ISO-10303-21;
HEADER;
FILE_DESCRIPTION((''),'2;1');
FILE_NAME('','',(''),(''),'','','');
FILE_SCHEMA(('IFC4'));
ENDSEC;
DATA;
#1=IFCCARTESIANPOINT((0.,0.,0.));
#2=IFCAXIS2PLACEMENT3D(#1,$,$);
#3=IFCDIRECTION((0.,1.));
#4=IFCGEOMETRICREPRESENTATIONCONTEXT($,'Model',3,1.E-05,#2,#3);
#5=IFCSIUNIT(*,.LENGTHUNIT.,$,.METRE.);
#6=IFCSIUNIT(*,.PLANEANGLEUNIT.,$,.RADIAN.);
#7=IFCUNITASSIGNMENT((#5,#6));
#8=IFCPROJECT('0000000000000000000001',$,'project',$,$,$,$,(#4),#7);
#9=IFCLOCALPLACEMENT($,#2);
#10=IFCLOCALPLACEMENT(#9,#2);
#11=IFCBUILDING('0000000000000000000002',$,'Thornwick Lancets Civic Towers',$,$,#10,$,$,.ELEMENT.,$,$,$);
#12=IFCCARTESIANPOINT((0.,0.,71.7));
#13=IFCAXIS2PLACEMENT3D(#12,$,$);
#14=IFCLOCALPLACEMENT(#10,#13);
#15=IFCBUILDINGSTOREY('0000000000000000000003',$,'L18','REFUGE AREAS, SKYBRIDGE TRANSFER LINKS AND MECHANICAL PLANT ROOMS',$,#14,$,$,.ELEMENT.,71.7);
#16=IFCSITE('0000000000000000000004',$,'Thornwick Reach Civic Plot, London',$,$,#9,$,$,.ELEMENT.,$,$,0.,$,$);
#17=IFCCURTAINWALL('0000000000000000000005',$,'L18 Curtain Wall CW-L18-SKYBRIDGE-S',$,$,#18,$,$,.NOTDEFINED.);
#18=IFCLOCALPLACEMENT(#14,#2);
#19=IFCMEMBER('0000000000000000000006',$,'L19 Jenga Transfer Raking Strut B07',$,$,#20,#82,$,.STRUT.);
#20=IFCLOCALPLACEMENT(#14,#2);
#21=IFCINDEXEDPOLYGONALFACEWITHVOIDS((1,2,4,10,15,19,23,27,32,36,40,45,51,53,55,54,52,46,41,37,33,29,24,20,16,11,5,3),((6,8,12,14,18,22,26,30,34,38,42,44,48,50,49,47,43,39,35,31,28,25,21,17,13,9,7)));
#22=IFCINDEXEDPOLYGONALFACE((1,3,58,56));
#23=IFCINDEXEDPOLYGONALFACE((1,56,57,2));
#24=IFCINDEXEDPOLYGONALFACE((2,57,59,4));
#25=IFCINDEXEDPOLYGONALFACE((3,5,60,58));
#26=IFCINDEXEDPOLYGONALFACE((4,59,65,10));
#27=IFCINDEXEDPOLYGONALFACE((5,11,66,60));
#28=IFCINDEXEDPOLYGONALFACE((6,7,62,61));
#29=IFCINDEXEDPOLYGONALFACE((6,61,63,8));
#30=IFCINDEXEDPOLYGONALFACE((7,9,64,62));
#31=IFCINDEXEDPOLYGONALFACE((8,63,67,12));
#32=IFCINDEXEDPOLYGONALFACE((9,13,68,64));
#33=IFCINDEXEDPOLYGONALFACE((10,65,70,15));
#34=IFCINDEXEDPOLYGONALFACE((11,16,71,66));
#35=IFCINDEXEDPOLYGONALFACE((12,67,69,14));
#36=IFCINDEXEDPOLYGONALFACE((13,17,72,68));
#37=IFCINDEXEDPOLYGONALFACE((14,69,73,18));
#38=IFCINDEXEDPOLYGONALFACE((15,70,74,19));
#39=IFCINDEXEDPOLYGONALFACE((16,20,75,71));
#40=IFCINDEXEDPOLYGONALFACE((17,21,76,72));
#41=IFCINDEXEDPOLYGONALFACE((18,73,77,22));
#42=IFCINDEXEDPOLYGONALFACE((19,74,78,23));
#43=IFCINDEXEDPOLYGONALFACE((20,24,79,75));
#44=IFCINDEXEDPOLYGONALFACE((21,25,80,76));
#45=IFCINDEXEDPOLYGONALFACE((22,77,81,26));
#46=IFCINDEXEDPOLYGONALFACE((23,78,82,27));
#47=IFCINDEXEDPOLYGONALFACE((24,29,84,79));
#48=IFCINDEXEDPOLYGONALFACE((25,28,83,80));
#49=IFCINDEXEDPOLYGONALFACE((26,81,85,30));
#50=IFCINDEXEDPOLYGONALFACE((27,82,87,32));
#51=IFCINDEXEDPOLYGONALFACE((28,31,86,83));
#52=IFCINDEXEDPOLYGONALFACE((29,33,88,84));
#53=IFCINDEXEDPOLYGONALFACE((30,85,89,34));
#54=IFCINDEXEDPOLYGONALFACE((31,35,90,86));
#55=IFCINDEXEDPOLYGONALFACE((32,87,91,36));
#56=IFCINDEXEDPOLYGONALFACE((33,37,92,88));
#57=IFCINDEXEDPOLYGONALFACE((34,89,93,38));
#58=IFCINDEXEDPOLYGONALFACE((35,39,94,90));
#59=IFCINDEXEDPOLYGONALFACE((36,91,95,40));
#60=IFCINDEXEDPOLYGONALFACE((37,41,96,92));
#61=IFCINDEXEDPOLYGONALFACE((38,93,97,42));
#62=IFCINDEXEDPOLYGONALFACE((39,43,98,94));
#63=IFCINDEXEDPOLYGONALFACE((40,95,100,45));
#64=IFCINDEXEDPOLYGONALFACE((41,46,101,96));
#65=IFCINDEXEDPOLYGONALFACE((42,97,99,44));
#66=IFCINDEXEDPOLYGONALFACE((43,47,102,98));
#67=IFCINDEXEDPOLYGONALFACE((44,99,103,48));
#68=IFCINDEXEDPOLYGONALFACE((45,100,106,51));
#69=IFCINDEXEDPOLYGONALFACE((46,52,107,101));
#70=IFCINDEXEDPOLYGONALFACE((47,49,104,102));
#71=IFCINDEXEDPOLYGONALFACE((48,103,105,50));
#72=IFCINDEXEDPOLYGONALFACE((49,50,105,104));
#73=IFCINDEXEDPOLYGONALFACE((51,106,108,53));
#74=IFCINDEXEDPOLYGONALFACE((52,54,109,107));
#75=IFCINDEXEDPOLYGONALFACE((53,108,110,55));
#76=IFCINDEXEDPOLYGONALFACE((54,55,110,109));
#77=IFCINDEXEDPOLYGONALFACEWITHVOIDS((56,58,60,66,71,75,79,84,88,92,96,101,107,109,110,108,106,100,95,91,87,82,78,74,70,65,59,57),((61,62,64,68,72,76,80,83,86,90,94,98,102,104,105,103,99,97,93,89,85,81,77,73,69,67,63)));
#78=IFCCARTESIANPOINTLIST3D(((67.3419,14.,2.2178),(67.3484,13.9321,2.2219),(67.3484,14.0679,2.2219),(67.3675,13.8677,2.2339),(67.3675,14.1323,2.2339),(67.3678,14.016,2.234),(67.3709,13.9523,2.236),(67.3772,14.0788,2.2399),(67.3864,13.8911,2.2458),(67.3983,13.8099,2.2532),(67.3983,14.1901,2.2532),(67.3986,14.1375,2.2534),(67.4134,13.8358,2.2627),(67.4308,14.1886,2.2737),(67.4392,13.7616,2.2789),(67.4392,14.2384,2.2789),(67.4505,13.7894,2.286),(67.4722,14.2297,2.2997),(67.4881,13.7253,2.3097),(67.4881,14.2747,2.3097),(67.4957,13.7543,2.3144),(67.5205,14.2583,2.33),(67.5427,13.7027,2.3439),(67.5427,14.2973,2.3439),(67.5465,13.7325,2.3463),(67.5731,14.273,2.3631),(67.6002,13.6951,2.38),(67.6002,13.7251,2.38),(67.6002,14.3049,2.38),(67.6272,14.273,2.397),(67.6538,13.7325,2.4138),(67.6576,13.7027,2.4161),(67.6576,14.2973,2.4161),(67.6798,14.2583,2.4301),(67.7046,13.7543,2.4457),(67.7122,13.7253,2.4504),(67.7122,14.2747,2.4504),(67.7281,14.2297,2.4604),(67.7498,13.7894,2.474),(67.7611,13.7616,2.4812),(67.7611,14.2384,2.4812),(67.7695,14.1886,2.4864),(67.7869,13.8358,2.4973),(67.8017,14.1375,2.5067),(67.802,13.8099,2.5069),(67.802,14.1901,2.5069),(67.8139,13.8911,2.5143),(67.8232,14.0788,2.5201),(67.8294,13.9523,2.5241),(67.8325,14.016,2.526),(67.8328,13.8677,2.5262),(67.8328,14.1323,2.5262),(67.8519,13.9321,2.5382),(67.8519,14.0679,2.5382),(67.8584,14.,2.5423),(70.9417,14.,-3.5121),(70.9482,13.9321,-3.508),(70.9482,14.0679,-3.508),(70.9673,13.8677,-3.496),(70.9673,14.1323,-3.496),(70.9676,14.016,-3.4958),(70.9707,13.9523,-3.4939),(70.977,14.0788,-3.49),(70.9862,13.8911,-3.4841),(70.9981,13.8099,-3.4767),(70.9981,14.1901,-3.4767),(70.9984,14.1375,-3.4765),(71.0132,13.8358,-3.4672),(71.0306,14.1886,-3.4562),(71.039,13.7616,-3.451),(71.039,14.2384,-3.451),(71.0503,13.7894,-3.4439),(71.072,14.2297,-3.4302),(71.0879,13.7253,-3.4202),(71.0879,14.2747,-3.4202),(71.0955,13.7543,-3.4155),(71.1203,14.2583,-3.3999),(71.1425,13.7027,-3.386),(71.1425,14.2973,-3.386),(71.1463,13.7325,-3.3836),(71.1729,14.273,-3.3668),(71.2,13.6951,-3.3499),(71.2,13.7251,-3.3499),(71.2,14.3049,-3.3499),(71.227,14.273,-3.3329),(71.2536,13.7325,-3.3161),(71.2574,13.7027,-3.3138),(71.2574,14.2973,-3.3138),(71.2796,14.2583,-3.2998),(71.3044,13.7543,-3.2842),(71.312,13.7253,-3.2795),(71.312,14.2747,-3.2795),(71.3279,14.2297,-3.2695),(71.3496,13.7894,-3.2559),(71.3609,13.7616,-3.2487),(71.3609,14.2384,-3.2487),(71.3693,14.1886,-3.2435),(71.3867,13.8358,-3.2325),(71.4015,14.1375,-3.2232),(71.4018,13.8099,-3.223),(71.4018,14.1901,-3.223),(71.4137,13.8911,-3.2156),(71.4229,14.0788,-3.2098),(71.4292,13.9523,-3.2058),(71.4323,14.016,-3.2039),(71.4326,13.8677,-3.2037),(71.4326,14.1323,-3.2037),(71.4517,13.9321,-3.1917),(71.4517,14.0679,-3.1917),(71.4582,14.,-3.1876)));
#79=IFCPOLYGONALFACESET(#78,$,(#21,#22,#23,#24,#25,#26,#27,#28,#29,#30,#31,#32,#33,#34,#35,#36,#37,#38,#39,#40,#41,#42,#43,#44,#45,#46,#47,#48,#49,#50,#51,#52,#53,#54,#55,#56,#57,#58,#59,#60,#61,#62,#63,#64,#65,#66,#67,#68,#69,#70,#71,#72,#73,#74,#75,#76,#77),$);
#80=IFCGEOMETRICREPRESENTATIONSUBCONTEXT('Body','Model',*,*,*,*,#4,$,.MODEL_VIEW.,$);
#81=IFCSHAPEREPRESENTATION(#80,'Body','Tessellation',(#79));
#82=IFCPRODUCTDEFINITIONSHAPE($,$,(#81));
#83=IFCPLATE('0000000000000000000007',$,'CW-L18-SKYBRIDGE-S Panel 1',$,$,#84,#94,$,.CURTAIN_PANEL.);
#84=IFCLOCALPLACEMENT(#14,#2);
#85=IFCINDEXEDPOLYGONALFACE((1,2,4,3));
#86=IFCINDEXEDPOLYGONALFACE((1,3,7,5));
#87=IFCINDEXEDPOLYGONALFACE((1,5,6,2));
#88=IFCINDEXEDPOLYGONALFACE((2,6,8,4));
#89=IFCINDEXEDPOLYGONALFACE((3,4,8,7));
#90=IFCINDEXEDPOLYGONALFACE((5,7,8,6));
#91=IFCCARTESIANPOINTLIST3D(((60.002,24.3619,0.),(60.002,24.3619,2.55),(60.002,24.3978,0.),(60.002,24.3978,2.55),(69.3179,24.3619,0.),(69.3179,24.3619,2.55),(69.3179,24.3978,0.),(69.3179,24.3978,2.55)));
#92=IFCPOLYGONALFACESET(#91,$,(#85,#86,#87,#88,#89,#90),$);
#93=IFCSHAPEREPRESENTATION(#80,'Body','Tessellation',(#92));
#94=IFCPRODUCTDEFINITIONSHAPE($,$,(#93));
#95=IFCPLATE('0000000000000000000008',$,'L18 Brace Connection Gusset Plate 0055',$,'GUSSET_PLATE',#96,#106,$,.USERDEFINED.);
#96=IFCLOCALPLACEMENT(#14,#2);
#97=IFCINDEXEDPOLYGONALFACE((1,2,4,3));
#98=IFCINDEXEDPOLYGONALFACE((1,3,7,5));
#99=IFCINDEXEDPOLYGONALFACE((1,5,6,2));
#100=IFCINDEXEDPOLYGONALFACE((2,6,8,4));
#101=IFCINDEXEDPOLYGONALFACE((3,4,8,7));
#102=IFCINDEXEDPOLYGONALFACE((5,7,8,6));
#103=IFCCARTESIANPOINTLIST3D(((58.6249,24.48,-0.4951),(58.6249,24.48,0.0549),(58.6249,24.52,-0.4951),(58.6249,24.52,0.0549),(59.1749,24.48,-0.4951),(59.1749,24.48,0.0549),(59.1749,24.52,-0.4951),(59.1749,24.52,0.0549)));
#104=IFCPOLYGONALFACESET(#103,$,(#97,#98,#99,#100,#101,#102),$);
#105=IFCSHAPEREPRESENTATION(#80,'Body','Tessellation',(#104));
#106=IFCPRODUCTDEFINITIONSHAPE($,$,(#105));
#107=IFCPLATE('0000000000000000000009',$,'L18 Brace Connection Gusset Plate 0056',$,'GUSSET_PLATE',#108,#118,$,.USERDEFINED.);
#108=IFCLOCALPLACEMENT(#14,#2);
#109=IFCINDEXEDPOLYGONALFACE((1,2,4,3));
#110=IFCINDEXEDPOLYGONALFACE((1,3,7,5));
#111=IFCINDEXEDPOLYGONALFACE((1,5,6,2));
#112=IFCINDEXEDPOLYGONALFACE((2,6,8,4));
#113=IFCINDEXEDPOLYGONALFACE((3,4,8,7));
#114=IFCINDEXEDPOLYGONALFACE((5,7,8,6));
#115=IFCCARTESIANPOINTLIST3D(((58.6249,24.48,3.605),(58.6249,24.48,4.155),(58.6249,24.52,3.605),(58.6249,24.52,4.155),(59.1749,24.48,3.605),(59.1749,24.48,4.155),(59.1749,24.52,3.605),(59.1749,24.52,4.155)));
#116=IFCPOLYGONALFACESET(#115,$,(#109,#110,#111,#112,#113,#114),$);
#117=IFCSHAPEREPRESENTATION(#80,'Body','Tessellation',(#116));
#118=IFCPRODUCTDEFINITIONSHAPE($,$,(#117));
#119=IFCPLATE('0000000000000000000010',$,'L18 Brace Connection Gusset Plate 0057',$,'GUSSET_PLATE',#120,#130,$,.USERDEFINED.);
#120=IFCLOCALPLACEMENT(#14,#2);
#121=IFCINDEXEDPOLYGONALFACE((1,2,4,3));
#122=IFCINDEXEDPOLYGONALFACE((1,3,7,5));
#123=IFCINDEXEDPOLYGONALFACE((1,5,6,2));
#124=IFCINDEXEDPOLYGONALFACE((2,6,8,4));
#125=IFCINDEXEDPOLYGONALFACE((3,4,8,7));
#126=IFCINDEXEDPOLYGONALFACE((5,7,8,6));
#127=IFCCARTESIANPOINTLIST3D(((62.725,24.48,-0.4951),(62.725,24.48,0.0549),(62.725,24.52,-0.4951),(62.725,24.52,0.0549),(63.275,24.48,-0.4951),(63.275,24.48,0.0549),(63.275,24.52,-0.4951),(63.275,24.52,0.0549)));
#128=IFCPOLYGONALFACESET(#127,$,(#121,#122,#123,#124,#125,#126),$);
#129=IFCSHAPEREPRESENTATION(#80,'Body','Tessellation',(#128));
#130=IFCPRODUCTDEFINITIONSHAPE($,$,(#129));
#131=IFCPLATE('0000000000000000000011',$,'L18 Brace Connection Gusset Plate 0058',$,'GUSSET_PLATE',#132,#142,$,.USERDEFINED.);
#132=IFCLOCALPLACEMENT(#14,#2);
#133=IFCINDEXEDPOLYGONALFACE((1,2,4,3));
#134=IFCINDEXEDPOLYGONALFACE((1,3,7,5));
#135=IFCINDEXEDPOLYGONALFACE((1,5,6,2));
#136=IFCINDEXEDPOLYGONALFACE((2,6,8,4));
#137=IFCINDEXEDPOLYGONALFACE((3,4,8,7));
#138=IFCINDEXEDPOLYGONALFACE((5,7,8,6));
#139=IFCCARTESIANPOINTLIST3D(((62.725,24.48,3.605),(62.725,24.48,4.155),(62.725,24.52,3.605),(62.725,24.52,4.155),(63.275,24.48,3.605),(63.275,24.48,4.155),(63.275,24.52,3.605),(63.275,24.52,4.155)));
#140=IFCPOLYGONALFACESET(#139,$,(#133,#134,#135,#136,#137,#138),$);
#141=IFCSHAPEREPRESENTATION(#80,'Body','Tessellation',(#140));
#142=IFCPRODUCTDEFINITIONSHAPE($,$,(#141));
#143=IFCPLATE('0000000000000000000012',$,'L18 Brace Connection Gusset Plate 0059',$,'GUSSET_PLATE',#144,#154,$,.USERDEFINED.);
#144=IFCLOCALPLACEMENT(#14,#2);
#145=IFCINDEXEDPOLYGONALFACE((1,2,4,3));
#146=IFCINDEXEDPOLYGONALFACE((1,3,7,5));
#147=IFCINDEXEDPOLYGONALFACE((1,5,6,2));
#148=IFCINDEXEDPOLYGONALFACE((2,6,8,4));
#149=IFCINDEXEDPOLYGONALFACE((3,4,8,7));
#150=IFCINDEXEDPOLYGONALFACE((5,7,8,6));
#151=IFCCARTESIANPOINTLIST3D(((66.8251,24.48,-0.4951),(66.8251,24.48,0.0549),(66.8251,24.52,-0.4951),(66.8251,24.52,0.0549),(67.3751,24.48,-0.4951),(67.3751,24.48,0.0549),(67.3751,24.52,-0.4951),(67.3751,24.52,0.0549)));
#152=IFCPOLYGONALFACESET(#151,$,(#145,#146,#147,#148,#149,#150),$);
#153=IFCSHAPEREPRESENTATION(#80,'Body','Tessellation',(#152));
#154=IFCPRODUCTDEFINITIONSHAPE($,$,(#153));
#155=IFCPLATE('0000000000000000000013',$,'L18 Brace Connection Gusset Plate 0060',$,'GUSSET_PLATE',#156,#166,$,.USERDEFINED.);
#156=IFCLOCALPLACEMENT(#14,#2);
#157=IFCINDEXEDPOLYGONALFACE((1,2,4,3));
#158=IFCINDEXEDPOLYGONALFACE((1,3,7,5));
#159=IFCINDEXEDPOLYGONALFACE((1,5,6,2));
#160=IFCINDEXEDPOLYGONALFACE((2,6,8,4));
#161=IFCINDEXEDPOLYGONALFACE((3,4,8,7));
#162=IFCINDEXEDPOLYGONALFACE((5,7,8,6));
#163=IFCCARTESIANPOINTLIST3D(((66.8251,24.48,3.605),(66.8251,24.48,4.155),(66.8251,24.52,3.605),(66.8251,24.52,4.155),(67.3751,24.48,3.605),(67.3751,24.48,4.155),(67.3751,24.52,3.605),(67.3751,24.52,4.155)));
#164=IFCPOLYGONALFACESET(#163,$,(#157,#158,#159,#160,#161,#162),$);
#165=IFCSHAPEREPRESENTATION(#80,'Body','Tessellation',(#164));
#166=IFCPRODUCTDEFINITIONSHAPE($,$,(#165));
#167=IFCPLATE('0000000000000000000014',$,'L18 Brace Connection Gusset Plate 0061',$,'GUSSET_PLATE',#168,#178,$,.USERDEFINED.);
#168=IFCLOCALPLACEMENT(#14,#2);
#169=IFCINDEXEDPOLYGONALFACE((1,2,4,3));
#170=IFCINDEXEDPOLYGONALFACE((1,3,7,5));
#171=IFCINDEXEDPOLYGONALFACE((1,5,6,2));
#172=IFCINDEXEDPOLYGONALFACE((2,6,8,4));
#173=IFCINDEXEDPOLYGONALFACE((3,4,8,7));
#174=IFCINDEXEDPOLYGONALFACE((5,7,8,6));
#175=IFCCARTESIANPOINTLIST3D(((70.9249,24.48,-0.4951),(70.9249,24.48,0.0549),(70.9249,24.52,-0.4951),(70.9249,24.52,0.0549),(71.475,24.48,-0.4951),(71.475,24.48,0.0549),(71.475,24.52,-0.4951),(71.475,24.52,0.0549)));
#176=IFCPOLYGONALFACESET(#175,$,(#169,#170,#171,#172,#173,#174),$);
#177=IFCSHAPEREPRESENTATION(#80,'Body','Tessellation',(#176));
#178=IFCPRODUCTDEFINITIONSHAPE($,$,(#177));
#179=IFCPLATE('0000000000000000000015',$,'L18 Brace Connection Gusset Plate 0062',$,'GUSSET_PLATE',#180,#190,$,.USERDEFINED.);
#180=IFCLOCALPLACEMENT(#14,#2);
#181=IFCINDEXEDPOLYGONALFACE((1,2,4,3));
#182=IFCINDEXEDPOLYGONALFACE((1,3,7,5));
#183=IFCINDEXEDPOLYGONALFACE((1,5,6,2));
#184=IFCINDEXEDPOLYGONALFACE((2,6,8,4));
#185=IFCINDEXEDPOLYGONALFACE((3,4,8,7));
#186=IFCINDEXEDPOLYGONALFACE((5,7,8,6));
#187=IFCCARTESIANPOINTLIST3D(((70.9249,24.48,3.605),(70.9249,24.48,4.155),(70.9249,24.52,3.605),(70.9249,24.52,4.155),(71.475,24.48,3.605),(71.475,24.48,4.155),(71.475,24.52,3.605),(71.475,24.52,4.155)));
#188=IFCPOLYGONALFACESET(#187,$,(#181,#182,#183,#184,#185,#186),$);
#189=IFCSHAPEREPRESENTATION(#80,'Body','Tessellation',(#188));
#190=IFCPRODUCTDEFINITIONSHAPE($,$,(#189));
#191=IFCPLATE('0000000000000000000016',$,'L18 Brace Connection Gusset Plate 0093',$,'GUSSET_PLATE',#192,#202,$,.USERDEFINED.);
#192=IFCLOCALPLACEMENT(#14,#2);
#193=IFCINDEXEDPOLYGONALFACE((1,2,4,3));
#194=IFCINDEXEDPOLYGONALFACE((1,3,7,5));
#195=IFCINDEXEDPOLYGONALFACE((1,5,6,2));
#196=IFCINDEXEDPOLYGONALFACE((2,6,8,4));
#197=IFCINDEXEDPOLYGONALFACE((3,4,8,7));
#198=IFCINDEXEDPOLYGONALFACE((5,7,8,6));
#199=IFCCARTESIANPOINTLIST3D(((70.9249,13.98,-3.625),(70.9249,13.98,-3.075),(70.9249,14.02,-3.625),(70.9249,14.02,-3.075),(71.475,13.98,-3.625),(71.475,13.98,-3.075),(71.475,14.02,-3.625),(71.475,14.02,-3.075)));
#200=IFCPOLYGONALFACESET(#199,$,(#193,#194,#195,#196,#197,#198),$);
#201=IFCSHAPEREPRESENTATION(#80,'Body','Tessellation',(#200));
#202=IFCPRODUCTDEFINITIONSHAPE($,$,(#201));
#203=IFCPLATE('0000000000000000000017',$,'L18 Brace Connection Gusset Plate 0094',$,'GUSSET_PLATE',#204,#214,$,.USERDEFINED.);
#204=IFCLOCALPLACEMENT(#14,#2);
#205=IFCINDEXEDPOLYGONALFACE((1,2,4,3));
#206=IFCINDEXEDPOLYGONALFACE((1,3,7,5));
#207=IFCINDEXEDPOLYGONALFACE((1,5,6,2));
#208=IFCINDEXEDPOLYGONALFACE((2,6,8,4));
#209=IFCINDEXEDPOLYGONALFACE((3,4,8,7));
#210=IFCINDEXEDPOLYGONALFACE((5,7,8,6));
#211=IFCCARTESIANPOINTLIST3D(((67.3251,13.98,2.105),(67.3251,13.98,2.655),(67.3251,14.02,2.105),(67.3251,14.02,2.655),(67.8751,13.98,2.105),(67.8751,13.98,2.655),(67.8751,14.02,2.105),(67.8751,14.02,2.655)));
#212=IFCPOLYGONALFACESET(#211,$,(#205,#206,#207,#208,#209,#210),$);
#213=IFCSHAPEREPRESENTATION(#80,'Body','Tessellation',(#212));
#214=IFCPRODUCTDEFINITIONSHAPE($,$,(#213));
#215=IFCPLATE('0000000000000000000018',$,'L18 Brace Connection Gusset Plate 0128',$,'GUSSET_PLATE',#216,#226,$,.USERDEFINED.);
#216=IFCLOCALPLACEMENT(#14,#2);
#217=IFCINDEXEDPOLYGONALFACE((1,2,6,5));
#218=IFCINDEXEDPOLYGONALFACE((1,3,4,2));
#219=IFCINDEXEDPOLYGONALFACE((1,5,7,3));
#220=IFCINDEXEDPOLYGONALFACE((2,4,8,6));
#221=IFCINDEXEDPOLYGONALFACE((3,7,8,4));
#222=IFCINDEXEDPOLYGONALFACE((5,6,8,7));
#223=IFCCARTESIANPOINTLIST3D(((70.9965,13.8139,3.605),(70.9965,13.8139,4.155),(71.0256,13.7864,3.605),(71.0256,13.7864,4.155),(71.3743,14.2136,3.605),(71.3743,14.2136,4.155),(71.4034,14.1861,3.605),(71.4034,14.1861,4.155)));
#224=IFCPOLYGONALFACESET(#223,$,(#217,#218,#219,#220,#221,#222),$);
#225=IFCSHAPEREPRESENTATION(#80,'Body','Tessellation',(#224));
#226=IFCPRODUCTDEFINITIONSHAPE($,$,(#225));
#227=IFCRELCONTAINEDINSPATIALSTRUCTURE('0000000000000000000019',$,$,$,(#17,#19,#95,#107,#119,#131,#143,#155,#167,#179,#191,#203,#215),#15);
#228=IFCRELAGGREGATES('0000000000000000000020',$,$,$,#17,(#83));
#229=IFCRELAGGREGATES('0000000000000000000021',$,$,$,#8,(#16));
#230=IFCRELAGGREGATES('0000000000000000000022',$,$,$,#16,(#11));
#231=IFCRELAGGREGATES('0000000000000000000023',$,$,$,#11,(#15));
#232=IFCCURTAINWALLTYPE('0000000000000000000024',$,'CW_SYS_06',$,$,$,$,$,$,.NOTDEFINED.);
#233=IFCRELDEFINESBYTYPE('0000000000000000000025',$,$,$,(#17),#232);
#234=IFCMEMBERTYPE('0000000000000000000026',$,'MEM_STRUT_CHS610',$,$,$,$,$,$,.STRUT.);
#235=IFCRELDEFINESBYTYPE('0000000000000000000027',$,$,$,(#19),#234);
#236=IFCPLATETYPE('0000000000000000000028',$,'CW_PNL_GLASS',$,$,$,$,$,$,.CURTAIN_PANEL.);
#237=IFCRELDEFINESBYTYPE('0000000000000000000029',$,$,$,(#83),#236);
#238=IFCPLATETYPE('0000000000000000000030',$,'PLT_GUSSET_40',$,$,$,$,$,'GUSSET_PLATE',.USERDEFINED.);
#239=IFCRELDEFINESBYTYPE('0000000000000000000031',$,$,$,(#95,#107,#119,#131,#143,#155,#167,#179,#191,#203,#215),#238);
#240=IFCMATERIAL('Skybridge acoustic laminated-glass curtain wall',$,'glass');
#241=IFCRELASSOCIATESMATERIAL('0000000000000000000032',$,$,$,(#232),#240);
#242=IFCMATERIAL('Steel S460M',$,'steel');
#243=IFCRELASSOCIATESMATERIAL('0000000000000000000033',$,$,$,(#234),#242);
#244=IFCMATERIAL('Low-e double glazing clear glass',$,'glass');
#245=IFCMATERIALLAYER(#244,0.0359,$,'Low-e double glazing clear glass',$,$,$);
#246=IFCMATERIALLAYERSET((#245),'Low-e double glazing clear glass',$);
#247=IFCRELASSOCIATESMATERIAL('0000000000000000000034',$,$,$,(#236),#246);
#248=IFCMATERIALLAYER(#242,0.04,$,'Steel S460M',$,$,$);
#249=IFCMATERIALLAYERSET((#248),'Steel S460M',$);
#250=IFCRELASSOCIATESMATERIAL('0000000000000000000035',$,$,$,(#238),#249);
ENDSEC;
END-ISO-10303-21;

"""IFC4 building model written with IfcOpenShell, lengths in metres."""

from ifc_helpers import new_model, si_unit, direction, frame, origin, origin_2d, place, context, subcontext, project, spatial, rectangle, hollow_circle, extrude, material, layer, layer_set, material_profile, profile_set, type_object, element, aggregate, save


model = new_model("IFC4")

# Units and contexts
model_context = context("Model", 3, precision=1e-05, world=origin(), true_north=direction((0.0, 1.0)))
body_context = subcontext(model_context, "Body", "Model", "MODEL_VIEW")
ifc_project = project(units=[si_unit("LENGTHUNIT", "METRE"), si_unit("PLANEANGLEUNIT", "RADIAN")], contexts=[model_context])

# Site, building, storey
site_placement = place(None, origin())
site = spatial("IfcSite", under=ifc_project, at=site_placement, Name="Thornwick Reach Civic Plot, London", CompositionType="ELEMENT", RefElevation=0.0)
building_placement = place(site_placement, origin())
building = spatial("IfcBuilding", under=site, at=building_placement, Name="Thornwick Lancets Civic Towers", CompositionType="ELEMENT")
storey_placement = place(building_placement, frame((0.0, 0.0, 71.7)))
storey = spatial("IfcBuildingStorey", under=building, at=storey_placement, Name="L18", Description="REFUGE AREAS, SKYBRIDGE TRANSFER LINKS AND MECHANICAL PLANT ROOMS", CompositionType="ELEMENT", Elevation=71.7)

# Curtain wall
ifc_material_1 = material(Name="Skybridge acoustic laminated-glass curtain wall", Category="glass")
curtain_wall_type_1 = type_object("IfcCurtainWallType", Name="CW_SYS_06", PredefinedType="NOTDEFINED", material=ifc_material_1)
curtain_wall_1_placement = place(storey_placement, origin())
curtain_wall_1 = element("IfcCurtainWall", 1, at=curtain_wall_1_placement, inside=storey, type_object=curtain_wall_type_1, Name="L18 Curtain Wall CW-L18-SKYBRIDGE-S", PredefinedType="NOTDEFINED")

# Member
ifc_material_2 = material(Name="Steel S460M", Category="steel")
ifc_material_profile_1 = material_profile(ifc_material_2, hollow_circle(Radius=0.3049, WallThickness=0.03, at=origin_2d()), Name="CHS 610x30")
ifc_profile_set_1 = profile_set([ifc_material_profile_1], Name="Steel S460M")
member_type_1 = type_object("IfcMemberType", Name="MEM_STRUT_CHS610", PredefinedType="STRUT", material=ifc_profile_set_1)
member_1_placement = place(storey_placement, frame((71.2, 14.0, -3.3499), z_axis=(-0.531976, 0.0, 0.84676), x_axis=(0.0, -1.0, 0.0)))
element("IfcMember", 2, at=member_1_placement, inside=storey, type_object=member_type_1, Name="L19 Jenga Transfer Raking Strut B07", PredefinedType="STRUT", context=body_context, shape_type="SweptSolid", body=[
    extrude(hollow_circle(Radius=0.3049, WallThickness=0.03, at=origin_2d()), origin(), (0.0, 0.0, 1.0), 6.7668),
])

# Plate
ifc_material_3 = material(Name="Low-e double glazing clear glass", Category="glass")
ifc_layer_1 = layer(ifc_material_3, 0.0359, Name="Low-e double glazing clear glass")
ifc_layer_set_1 = layer_set([ifc_layer_1], Name="Low-e double glazing clear glass")
plate_type_1 = type_object("IfcPlateType", Name="CW_PNL_GLASS", PredefinedType="CURTAIN_PANEL", material=ifc_layer_set_1)
plate_placement = place(storey_placement, frame((64.6599, 24.3799, 0.0), z_axis=(0.0, 0.0, 1.0), x_axis=(1.0, 0.0, 0.0)))
plate = element("IfcPlate", 3, at=plate_placement, type_object=plate_type_1, Name="CW-L18-SKYBRIDGE-S Panel 1", PredefinedType="CURTAIN_PANEL", context=body_context, shape_type="SweptSolid", body=[
    extrude(rectangle(XDim=9.3159, YDim=0.0359, at=origin_2d()), origin(), (0.0, 0.0, 1.0), 2.55),
])
aggregate(curtain_wall_1, [plate])

# Plates
ifc_layer_2 = layer(ifc_material_2, 0.04, Name="Steel S460M")
ifc_layer_set_2 = layer_set([ifc_layer_2], Name="Steel S460M")
plate_type_2 = type_object("IfcPlateType", Name="PLT_GUSSET_40", ElementType="GUSSET_PLATE", PredefinedType="USERDEFINED", material=ifc_layer_set_2)
for number, where, z_axis, x_axis, name in (
    (4, (58.8999, 24.5, -0.4951), (0.0, 0.0, 1.0), (1.0, 0.0, 0.0), "L18 Brace Connection Gusset Plate 0055"),
    (5, (58.8999, 24.5, 3.605), (0.0, 0.0, 1.0), (1.0, 0.0, 0.0), "L18 Brace Connection Gusset Plate 0056"),
    (6, (63.0, 24.5, -0.4951), (0.0, 0.0, 1.0), (1.0, 0.0, 0.0), "L18 Brace Connection Gusset Plate 0057"),
    (7, (63.0, 24.5, 3.605), (0.0, 0.0, 1.0), (1.0, 0.0, 0.0), "L18 Brace Connection Gusset Plate 0058"),
    (8, (67.1001, 24.5, -0.4951), (0.0, 0.0, 1.0), (1.0, 0.0, 0.0), "L18 Brace Connection Gusset Plate 0059"),
    (9, (67.1001, 24.5, 3.605), (0.0, 0.0, 1.0), (1.0, 0.0, 0.0), "L18 Brace Connection Gusset Plate 0060"),
    (10, (71.2, 24.5, -0.4951), (0.0, 0.0, 1.0), (1.0, 0.0, 0.0), "L18 Brace Connection Gusset Plate 0061"),
    (11, (71.2, 24.5, 3.605), (0.0, 0.0, 1.0), (1.0, 0.0, 0.0), "L18 Brace Connection Gusset Plate 0062"),
    (12, (71.2, 14.0, -3.625), (0.0, 0.0, 1.0), (-1.0, 0.0, 0.0), "L18 Brace Connection Gusset Plate 0093"),
    (13, (67.6001, 14.0, 2.105), (0.0, 0.0, 1.0), (-1.0, 0.0, 0.0), "L18 Brace Connection Gusset Plate 0094"),
    (14, (71.2, 14.0, 3.605), (0.0, 0.0, 1.0), (-0.686961, -0.726695, 0.0), "L18 Brace Connection Gusset Plate 0128"),
):
    element("IfcPlate", number, at=place(storey_placement, frame(where, z_axis=z_axis, x_axis=x_axis)), inside=storey, type_object=plate_type_2, Name=name, ObjectType="GUSSET_PLATE", PredefinedType="USERDEFINED", context=body_context, shape_type="SweptSolid", body=[
        extrude(rectangle(XDim=0.55, YDim=0.04, at=origin_2d()), origin(), (0.0, 0.0, 1.0), 0.55),
    ])

save(model, "model.ifc")
